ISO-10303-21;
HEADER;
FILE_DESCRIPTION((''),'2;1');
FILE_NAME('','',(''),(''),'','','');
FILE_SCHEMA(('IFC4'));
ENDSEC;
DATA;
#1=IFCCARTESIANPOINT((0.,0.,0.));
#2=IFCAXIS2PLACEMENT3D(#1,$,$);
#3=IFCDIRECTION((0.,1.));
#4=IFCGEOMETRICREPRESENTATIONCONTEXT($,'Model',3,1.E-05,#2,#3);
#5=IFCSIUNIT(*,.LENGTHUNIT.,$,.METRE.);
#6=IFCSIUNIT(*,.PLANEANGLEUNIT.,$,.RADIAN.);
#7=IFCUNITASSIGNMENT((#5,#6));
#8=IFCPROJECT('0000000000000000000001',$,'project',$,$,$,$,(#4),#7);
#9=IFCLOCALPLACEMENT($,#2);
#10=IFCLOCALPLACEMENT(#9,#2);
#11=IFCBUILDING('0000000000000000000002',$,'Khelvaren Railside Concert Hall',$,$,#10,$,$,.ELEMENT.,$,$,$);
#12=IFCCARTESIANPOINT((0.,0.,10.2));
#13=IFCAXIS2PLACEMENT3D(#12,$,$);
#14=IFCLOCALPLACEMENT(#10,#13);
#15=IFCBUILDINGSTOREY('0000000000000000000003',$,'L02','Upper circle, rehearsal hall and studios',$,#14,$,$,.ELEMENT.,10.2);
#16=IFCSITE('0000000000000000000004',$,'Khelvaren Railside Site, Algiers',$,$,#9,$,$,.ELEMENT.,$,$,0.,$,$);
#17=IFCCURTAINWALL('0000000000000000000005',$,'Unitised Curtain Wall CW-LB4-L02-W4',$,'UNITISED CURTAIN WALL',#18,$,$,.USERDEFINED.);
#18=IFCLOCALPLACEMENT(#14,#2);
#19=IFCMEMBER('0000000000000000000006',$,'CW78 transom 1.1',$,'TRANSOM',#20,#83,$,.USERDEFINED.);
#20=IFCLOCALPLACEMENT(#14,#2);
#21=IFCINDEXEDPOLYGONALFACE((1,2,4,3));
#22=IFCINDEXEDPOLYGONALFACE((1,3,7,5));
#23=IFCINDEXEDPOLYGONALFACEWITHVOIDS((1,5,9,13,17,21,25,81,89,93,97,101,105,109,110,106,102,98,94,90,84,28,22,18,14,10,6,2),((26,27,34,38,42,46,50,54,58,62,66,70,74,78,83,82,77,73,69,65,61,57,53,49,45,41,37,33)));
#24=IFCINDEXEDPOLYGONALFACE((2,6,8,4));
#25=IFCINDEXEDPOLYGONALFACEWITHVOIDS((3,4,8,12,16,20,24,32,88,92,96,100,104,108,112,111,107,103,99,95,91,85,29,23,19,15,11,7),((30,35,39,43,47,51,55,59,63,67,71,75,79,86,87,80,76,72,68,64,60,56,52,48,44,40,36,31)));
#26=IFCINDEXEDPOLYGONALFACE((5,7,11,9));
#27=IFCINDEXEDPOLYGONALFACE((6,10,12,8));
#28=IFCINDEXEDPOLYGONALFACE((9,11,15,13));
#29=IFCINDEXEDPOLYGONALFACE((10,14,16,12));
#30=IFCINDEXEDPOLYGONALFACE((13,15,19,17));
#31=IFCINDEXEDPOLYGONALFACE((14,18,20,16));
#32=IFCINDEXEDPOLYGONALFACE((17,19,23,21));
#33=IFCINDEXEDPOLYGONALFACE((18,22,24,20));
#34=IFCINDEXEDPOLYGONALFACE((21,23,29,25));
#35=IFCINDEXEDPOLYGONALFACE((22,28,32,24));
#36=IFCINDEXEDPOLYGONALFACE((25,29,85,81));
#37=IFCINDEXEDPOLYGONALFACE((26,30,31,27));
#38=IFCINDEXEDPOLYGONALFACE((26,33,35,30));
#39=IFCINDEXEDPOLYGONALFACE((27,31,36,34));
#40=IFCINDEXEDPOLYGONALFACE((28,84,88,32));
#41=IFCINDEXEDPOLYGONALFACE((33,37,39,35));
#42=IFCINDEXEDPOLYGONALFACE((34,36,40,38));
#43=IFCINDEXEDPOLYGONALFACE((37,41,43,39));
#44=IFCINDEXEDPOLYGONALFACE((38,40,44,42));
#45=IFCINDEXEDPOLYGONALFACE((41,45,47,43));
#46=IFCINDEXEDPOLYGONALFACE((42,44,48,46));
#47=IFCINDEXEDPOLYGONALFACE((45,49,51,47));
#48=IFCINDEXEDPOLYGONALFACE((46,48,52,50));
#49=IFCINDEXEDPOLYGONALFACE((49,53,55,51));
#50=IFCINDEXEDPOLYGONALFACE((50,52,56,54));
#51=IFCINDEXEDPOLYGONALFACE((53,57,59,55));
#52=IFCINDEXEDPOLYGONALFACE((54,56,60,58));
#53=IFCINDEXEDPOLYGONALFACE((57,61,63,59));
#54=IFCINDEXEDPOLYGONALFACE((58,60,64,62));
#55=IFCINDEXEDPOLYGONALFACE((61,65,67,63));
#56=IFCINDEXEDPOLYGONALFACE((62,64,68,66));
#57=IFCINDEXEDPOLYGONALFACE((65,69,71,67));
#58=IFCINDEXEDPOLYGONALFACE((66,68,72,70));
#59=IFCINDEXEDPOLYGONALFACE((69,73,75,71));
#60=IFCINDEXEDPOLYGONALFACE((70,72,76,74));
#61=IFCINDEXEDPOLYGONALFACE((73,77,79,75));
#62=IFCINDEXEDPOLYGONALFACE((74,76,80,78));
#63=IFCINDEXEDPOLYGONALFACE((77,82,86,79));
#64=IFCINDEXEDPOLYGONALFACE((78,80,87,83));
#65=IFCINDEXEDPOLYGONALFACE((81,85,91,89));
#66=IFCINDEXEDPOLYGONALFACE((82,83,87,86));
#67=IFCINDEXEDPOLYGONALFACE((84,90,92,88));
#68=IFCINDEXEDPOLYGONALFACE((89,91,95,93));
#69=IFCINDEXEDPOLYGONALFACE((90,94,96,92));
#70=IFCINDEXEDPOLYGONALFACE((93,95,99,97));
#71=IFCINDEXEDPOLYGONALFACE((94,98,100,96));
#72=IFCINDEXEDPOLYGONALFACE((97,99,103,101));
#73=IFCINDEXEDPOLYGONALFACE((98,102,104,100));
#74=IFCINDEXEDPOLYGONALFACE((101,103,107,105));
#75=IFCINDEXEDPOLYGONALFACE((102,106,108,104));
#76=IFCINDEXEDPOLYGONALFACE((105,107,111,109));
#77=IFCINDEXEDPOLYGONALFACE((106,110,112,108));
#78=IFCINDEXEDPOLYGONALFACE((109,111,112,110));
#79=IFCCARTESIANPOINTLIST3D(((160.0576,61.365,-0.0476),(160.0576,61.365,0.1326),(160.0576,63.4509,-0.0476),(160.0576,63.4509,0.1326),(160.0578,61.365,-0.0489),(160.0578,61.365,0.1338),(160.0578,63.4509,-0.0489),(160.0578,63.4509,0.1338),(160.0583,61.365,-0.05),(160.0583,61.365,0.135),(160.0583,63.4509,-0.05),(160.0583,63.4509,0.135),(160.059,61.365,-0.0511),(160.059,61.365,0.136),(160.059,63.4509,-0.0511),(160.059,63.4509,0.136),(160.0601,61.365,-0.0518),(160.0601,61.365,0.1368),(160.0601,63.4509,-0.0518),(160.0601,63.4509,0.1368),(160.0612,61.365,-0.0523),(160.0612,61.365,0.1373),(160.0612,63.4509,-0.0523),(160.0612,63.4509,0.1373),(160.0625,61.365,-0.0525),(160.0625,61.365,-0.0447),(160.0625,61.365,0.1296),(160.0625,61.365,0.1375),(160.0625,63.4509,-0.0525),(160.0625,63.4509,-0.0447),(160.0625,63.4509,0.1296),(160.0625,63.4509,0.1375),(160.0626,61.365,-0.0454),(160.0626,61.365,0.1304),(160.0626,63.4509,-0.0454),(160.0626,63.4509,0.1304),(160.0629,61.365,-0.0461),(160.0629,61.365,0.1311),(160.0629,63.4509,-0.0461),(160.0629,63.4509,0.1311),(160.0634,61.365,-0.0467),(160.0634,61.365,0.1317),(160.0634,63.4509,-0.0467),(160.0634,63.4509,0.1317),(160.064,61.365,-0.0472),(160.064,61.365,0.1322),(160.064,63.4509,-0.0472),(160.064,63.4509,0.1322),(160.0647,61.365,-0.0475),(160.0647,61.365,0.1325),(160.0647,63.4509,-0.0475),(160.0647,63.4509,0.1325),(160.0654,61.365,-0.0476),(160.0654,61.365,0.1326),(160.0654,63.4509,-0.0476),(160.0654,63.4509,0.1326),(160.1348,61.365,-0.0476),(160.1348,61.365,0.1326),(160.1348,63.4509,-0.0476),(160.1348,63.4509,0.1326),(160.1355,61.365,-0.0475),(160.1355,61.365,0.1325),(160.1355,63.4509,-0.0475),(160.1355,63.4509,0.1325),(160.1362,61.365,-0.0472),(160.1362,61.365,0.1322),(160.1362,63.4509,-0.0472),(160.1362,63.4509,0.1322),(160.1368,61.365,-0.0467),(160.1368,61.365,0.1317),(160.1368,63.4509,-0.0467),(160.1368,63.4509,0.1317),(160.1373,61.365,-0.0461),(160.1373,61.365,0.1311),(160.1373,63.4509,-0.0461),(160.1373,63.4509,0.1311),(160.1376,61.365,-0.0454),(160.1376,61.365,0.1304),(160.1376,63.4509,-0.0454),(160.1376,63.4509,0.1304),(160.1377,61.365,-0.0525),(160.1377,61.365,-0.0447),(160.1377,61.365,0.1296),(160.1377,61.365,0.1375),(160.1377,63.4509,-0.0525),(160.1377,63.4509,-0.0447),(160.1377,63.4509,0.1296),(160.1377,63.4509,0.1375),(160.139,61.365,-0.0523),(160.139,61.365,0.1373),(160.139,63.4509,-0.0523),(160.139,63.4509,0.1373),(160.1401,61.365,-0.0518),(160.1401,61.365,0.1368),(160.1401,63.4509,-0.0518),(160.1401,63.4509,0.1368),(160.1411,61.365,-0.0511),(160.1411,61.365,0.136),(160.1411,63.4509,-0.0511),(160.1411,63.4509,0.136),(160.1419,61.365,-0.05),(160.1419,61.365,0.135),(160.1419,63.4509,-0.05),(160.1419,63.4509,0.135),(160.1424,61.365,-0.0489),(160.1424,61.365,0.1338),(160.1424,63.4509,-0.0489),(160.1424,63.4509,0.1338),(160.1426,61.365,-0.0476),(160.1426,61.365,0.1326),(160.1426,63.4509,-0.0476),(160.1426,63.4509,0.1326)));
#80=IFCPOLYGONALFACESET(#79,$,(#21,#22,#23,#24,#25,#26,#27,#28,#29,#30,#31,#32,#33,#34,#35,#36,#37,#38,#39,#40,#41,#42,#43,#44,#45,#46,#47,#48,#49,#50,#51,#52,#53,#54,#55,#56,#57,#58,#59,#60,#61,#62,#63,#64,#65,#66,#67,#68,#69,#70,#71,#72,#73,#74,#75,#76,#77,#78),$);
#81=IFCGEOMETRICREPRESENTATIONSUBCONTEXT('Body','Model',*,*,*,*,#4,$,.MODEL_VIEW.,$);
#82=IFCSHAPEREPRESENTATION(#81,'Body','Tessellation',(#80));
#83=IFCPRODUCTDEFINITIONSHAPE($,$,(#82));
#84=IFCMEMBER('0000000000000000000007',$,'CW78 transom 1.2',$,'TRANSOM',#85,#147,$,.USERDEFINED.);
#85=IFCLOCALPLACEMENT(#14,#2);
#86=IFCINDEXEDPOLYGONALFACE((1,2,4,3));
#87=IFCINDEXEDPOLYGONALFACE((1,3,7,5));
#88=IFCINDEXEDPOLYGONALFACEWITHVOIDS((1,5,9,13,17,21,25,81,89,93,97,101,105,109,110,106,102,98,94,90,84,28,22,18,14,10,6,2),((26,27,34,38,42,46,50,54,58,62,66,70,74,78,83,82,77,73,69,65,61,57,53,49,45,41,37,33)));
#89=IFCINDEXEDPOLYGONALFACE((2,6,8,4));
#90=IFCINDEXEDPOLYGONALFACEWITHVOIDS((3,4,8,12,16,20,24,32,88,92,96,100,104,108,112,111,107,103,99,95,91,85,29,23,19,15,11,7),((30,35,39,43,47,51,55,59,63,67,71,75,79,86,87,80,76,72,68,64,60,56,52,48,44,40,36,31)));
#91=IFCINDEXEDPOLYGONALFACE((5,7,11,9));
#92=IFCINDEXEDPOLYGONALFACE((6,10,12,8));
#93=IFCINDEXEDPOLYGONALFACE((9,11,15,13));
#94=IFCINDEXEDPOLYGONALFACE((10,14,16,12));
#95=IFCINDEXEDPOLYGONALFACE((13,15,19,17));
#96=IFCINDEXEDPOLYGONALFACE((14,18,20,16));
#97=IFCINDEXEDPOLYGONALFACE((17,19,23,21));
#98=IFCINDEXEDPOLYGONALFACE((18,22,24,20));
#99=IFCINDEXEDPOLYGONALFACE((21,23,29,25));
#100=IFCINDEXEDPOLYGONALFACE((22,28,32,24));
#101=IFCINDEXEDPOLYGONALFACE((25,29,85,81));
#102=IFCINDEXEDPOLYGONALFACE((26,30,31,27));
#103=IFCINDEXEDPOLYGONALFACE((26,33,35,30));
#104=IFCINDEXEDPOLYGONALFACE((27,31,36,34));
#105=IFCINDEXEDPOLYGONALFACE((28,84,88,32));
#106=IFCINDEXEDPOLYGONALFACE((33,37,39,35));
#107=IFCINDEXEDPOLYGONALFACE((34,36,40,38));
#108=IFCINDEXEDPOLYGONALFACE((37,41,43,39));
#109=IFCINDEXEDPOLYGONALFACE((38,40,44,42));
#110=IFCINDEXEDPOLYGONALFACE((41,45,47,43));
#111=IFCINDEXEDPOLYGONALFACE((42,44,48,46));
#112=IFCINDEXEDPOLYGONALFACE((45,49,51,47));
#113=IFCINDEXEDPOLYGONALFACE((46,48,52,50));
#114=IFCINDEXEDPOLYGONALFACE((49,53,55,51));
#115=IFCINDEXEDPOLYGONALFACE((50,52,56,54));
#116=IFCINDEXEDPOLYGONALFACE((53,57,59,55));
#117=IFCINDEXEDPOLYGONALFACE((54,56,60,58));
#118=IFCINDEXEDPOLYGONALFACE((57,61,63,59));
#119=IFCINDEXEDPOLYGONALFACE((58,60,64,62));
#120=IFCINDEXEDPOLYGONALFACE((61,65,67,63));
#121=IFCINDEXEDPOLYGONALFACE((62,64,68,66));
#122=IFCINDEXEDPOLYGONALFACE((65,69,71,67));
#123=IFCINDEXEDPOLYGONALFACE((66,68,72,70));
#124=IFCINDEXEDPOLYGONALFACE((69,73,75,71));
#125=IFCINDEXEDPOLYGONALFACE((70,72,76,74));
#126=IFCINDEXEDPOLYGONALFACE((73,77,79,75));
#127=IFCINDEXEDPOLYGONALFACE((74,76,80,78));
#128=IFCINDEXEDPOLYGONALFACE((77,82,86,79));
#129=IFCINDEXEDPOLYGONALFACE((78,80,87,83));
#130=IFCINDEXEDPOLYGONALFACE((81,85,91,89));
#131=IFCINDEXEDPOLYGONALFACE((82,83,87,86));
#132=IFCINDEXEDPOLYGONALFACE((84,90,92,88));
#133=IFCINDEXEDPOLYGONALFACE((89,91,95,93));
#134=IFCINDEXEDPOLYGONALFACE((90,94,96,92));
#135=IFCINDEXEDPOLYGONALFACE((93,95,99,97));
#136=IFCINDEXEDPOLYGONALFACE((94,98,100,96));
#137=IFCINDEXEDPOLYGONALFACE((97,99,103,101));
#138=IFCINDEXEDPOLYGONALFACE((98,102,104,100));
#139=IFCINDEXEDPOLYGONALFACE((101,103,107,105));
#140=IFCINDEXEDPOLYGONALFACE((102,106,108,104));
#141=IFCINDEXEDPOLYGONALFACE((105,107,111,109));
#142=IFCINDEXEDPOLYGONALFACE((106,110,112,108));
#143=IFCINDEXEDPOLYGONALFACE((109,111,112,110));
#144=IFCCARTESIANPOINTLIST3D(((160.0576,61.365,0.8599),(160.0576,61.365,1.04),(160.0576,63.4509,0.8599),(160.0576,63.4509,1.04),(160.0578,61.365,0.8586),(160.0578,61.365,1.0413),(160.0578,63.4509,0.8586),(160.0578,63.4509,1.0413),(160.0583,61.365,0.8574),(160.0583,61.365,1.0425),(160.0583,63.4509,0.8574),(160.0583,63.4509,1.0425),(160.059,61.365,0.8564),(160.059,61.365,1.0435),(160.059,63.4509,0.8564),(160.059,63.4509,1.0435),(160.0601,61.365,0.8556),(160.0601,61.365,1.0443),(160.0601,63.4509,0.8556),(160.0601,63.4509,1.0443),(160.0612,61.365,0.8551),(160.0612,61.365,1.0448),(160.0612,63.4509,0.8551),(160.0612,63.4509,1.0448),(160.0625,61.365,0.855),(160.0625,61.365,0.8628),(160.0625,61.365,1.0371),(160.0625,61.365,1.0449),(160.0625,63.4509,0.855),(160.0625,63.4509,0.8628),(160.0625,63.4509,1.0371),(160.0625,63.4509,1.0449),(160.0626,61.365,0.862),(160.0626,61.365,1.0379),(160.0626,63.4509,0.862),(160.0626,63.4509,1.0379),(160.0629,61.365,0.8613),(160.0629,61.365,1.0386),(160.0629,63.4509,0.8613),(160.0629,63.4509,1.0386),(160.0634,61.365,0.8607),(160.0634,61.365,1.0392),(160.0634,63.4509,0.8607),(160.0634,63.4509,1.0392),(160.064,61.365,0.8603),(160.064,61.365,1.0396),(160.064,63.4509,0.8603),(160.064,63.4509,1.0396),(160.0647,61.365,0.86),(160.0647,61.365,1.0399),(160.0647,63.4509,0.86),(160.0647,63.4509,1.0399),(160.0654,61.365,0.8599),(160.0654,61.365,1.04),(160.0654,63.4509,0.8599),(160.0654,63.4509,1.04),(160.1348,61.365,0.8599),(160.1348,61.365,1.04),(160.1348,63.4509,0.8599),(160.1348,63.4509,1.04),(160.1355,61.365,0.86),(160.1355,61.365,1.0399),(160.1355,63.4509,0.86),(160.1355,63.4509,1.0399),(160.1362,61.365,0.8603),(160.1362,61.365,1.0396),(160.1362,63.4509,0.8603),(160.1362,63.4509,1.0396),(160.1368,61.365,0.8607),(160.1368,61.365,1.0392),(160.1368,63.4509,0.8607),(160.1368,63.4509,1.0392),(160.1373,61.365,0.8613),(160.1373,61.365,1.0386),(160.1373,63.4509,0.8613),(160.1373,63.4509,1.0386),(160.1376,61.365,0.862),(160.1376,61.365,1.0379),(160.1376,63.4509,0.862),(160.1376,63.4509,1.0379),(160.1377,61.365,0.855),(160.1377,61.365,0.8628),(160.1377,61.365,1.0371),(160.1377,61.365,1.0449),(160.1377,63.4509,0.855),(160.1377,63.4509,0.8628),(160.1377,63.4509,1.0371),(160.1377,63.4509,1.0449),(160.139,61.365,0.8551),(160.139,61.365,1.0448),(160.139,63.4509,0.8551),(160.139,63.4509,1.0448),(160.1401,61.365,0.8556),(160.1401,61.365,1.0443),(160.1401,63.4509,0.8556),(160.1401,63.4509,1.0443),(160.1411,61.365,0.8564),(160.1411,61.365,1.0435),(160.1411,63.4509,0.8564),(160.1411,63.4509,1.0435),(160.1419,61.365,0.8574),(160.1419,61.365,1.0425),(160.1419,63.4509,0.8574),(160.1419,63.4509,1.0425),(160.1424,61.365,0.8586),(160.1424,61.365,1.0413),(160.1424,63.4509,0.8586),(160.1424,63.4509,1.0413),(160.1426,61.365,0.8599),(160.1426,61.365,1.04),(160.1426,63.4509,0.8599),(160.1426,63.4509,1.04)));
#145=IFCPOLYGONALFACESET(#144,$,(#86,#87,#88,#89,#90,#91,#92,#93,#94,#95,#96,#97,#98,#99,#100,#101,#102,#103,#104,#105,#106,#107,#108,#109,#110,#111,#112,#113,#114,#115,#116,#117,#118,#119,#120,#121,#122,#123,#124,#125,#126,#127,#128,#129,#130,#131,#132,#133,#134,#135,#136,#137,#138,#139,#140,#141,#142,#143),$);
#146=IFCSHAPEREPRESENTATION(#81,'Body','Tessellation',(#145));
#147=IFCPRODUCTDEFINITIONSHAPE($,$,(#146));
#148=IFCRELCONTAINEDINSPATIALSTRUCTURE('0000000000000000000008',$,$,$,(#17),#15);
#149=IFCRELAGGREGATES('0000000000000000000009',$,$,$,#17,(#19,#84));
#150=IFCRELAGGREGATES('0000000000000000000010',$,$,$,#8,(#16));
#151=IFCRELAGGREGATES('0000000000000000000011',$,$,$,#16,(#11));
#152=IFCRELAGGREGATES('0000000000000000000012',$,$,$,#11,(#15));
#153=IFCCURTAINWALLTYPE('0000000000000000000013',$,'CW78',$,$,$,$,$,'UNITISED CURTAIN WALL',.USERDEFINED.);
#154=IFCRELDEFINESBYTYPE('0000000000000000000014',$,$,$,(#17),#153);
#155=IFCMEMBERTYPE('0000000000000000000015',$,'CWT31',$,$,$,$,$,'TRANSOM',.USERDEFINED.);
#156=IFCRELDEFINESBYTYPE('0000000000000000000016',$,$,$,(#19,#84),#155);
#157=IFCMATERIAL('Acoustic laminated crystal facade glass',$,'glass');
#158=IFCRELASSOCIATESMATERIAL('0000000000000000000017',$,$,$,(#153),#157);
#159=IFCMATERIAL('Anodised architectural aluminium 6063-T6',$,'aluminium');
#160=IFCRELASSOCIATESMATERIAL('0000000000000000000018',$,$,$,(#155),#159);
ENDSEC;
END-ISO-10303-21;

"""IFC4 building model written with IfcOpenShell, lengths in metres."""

from ifc_helpers import new_model, si_unit, direction, frame, origin, origin_2d, place, context, subcontext, project, spatial, hollow_rectangle, extrude, material, material_profile, profile_set, type_object, element, aggregate, save


model = new_model("IFC4")

# Units and contexts
model_context = context("Model", 3, precision=1e-05, world=origin(), true_north=direction((0.0, 1.0)))
body_context = subcontext(model_context, "Body", "Model", "MODEL_VIEW")
ifc_project = project(units=[si_unit("LENGTHUNIT", "METRE"), si_unit("PLANEANGLEUNIT", "RADIAN")], contexts=[model_context])

# Site, building, storey
site_placement = place(None, origin())
site = spatial("IfcSite", under=ifc_project, at=site_placement, Name="Khelvaren Railside Site, Algiers", CompositionType="ELEMENT", RefElevation=0.0)
building_placement = place(site_placement, origin())
building = spatial("IfcBuilding", under=site, at=building_placement, Name="Khelvaren Railside Concert Hall", CompositionType="ELEMENT")
storey_placement = place(building_placement, frame((0.0, 0.0, 10.2)))
storey = spatial("IfcBuildingStorey", under=building, at=storey_placement, Name="L02", Description="Upper circle, rehearsal hall and studios", CompositionType="ELEMENT", Elevation=10.2)

# Shared definitions
ifc_material_1 = material(Name="Acoustic laminated crystal facade glass", Category="glass")
curtain_wall_type = type_object("IfcCurtainWallType", Name="CW78", ElementType="UNITISED CURTAIN WALL", PredefinedType="USERDEFINED", material=ifc_material_1)
ifc_material_2 = material(Name="Anodised architectural aluminium 6063-T6", Category="aluminium")

# Curtain wall, members
curtain_wall_1_placement = place(storey_placement, origin())
curtain_wall_1 = element("IfcCurtainWall", 1, at=curtain_wall_1_placement, inside=storey, type_object=curtain_wall_type, Name="Unitised Curtain Wall CW-LB4-L02-W4", ObjectType="UNITISED CURTAIN WALL", PredefinedType="USERDEFINED")
ifc_material_profile_1 = material_profile(ifc_material_2, hollow_rectangle(XDim=0.085, YDim=0.1899, WallThickness=0.0049, InnerFilletRadius=0.0029, OuterFilletRadius=0.0049, at=origin_2d()), Name="CWT 85x190x5")
ifc_profile_set_1 = profile_set([ifc_material_profile_1], Name="Anodised architectural aluminium 6063-T6")
member_type_1 = type_object("IfcMemberType", Name="CWT31", ElementType="TRANSOM", PredefinedType="USERDEFINED", material=ifc_profile_set_1)
member_1_placement = place(storey_placement, frame((160.1001, 61.365, 0.0425), z_axis=(0.0, 1.0, 0.0), x_axis=(-1.0, 0.0, 0.0)))
member_1 = element("IfcMember", 2, at=member_1_placement, type_object=member_type_1, Name="CW78 transom 1.1", ObjectType="TRANSOM", PredefinedType="USERDEFINED", context=body_context, shape_type="SweptSolid", body=[
    extrude(hollow_rectangle(XDim=0.085, YDim=0.1899, WallThickness=0.0049, InnerFilletRadius=0.0029, OuterFilletRadius=0.0049, at=origin_2d()), origin(), (0.0, 0.0, 1.0), 2.0859),
])
member_2_placement = place(storey_placement, frame((160.1001, 61.365, 0.95), z_axis=(0.0, 1.0, 0.0), x_axis=(-1.0, 0.0, 0.0)))
member_2 = element("IfcMember", 3, at=member_2_placement, type_object=member_type_1, Name="CW78 transom 1.2", ObjectType="TRANSOM", PredefinedType="USERDEFINED", context=body_context, shape_type="SweptSolid", body=[
    extrude(hollow_rectangle(XDim=0.085, YDim=0.1899, WallThickness=0.0049, InnerFilletRadius=0.0029, OuterFilletRadius=0.0049, at=origin_2d()), origin(), (0.0, 0.0, 1.0), 2.0859),
])

aggregate(curtain_wall_1, [member_1, member_2])

save(model, "model.ifc")
